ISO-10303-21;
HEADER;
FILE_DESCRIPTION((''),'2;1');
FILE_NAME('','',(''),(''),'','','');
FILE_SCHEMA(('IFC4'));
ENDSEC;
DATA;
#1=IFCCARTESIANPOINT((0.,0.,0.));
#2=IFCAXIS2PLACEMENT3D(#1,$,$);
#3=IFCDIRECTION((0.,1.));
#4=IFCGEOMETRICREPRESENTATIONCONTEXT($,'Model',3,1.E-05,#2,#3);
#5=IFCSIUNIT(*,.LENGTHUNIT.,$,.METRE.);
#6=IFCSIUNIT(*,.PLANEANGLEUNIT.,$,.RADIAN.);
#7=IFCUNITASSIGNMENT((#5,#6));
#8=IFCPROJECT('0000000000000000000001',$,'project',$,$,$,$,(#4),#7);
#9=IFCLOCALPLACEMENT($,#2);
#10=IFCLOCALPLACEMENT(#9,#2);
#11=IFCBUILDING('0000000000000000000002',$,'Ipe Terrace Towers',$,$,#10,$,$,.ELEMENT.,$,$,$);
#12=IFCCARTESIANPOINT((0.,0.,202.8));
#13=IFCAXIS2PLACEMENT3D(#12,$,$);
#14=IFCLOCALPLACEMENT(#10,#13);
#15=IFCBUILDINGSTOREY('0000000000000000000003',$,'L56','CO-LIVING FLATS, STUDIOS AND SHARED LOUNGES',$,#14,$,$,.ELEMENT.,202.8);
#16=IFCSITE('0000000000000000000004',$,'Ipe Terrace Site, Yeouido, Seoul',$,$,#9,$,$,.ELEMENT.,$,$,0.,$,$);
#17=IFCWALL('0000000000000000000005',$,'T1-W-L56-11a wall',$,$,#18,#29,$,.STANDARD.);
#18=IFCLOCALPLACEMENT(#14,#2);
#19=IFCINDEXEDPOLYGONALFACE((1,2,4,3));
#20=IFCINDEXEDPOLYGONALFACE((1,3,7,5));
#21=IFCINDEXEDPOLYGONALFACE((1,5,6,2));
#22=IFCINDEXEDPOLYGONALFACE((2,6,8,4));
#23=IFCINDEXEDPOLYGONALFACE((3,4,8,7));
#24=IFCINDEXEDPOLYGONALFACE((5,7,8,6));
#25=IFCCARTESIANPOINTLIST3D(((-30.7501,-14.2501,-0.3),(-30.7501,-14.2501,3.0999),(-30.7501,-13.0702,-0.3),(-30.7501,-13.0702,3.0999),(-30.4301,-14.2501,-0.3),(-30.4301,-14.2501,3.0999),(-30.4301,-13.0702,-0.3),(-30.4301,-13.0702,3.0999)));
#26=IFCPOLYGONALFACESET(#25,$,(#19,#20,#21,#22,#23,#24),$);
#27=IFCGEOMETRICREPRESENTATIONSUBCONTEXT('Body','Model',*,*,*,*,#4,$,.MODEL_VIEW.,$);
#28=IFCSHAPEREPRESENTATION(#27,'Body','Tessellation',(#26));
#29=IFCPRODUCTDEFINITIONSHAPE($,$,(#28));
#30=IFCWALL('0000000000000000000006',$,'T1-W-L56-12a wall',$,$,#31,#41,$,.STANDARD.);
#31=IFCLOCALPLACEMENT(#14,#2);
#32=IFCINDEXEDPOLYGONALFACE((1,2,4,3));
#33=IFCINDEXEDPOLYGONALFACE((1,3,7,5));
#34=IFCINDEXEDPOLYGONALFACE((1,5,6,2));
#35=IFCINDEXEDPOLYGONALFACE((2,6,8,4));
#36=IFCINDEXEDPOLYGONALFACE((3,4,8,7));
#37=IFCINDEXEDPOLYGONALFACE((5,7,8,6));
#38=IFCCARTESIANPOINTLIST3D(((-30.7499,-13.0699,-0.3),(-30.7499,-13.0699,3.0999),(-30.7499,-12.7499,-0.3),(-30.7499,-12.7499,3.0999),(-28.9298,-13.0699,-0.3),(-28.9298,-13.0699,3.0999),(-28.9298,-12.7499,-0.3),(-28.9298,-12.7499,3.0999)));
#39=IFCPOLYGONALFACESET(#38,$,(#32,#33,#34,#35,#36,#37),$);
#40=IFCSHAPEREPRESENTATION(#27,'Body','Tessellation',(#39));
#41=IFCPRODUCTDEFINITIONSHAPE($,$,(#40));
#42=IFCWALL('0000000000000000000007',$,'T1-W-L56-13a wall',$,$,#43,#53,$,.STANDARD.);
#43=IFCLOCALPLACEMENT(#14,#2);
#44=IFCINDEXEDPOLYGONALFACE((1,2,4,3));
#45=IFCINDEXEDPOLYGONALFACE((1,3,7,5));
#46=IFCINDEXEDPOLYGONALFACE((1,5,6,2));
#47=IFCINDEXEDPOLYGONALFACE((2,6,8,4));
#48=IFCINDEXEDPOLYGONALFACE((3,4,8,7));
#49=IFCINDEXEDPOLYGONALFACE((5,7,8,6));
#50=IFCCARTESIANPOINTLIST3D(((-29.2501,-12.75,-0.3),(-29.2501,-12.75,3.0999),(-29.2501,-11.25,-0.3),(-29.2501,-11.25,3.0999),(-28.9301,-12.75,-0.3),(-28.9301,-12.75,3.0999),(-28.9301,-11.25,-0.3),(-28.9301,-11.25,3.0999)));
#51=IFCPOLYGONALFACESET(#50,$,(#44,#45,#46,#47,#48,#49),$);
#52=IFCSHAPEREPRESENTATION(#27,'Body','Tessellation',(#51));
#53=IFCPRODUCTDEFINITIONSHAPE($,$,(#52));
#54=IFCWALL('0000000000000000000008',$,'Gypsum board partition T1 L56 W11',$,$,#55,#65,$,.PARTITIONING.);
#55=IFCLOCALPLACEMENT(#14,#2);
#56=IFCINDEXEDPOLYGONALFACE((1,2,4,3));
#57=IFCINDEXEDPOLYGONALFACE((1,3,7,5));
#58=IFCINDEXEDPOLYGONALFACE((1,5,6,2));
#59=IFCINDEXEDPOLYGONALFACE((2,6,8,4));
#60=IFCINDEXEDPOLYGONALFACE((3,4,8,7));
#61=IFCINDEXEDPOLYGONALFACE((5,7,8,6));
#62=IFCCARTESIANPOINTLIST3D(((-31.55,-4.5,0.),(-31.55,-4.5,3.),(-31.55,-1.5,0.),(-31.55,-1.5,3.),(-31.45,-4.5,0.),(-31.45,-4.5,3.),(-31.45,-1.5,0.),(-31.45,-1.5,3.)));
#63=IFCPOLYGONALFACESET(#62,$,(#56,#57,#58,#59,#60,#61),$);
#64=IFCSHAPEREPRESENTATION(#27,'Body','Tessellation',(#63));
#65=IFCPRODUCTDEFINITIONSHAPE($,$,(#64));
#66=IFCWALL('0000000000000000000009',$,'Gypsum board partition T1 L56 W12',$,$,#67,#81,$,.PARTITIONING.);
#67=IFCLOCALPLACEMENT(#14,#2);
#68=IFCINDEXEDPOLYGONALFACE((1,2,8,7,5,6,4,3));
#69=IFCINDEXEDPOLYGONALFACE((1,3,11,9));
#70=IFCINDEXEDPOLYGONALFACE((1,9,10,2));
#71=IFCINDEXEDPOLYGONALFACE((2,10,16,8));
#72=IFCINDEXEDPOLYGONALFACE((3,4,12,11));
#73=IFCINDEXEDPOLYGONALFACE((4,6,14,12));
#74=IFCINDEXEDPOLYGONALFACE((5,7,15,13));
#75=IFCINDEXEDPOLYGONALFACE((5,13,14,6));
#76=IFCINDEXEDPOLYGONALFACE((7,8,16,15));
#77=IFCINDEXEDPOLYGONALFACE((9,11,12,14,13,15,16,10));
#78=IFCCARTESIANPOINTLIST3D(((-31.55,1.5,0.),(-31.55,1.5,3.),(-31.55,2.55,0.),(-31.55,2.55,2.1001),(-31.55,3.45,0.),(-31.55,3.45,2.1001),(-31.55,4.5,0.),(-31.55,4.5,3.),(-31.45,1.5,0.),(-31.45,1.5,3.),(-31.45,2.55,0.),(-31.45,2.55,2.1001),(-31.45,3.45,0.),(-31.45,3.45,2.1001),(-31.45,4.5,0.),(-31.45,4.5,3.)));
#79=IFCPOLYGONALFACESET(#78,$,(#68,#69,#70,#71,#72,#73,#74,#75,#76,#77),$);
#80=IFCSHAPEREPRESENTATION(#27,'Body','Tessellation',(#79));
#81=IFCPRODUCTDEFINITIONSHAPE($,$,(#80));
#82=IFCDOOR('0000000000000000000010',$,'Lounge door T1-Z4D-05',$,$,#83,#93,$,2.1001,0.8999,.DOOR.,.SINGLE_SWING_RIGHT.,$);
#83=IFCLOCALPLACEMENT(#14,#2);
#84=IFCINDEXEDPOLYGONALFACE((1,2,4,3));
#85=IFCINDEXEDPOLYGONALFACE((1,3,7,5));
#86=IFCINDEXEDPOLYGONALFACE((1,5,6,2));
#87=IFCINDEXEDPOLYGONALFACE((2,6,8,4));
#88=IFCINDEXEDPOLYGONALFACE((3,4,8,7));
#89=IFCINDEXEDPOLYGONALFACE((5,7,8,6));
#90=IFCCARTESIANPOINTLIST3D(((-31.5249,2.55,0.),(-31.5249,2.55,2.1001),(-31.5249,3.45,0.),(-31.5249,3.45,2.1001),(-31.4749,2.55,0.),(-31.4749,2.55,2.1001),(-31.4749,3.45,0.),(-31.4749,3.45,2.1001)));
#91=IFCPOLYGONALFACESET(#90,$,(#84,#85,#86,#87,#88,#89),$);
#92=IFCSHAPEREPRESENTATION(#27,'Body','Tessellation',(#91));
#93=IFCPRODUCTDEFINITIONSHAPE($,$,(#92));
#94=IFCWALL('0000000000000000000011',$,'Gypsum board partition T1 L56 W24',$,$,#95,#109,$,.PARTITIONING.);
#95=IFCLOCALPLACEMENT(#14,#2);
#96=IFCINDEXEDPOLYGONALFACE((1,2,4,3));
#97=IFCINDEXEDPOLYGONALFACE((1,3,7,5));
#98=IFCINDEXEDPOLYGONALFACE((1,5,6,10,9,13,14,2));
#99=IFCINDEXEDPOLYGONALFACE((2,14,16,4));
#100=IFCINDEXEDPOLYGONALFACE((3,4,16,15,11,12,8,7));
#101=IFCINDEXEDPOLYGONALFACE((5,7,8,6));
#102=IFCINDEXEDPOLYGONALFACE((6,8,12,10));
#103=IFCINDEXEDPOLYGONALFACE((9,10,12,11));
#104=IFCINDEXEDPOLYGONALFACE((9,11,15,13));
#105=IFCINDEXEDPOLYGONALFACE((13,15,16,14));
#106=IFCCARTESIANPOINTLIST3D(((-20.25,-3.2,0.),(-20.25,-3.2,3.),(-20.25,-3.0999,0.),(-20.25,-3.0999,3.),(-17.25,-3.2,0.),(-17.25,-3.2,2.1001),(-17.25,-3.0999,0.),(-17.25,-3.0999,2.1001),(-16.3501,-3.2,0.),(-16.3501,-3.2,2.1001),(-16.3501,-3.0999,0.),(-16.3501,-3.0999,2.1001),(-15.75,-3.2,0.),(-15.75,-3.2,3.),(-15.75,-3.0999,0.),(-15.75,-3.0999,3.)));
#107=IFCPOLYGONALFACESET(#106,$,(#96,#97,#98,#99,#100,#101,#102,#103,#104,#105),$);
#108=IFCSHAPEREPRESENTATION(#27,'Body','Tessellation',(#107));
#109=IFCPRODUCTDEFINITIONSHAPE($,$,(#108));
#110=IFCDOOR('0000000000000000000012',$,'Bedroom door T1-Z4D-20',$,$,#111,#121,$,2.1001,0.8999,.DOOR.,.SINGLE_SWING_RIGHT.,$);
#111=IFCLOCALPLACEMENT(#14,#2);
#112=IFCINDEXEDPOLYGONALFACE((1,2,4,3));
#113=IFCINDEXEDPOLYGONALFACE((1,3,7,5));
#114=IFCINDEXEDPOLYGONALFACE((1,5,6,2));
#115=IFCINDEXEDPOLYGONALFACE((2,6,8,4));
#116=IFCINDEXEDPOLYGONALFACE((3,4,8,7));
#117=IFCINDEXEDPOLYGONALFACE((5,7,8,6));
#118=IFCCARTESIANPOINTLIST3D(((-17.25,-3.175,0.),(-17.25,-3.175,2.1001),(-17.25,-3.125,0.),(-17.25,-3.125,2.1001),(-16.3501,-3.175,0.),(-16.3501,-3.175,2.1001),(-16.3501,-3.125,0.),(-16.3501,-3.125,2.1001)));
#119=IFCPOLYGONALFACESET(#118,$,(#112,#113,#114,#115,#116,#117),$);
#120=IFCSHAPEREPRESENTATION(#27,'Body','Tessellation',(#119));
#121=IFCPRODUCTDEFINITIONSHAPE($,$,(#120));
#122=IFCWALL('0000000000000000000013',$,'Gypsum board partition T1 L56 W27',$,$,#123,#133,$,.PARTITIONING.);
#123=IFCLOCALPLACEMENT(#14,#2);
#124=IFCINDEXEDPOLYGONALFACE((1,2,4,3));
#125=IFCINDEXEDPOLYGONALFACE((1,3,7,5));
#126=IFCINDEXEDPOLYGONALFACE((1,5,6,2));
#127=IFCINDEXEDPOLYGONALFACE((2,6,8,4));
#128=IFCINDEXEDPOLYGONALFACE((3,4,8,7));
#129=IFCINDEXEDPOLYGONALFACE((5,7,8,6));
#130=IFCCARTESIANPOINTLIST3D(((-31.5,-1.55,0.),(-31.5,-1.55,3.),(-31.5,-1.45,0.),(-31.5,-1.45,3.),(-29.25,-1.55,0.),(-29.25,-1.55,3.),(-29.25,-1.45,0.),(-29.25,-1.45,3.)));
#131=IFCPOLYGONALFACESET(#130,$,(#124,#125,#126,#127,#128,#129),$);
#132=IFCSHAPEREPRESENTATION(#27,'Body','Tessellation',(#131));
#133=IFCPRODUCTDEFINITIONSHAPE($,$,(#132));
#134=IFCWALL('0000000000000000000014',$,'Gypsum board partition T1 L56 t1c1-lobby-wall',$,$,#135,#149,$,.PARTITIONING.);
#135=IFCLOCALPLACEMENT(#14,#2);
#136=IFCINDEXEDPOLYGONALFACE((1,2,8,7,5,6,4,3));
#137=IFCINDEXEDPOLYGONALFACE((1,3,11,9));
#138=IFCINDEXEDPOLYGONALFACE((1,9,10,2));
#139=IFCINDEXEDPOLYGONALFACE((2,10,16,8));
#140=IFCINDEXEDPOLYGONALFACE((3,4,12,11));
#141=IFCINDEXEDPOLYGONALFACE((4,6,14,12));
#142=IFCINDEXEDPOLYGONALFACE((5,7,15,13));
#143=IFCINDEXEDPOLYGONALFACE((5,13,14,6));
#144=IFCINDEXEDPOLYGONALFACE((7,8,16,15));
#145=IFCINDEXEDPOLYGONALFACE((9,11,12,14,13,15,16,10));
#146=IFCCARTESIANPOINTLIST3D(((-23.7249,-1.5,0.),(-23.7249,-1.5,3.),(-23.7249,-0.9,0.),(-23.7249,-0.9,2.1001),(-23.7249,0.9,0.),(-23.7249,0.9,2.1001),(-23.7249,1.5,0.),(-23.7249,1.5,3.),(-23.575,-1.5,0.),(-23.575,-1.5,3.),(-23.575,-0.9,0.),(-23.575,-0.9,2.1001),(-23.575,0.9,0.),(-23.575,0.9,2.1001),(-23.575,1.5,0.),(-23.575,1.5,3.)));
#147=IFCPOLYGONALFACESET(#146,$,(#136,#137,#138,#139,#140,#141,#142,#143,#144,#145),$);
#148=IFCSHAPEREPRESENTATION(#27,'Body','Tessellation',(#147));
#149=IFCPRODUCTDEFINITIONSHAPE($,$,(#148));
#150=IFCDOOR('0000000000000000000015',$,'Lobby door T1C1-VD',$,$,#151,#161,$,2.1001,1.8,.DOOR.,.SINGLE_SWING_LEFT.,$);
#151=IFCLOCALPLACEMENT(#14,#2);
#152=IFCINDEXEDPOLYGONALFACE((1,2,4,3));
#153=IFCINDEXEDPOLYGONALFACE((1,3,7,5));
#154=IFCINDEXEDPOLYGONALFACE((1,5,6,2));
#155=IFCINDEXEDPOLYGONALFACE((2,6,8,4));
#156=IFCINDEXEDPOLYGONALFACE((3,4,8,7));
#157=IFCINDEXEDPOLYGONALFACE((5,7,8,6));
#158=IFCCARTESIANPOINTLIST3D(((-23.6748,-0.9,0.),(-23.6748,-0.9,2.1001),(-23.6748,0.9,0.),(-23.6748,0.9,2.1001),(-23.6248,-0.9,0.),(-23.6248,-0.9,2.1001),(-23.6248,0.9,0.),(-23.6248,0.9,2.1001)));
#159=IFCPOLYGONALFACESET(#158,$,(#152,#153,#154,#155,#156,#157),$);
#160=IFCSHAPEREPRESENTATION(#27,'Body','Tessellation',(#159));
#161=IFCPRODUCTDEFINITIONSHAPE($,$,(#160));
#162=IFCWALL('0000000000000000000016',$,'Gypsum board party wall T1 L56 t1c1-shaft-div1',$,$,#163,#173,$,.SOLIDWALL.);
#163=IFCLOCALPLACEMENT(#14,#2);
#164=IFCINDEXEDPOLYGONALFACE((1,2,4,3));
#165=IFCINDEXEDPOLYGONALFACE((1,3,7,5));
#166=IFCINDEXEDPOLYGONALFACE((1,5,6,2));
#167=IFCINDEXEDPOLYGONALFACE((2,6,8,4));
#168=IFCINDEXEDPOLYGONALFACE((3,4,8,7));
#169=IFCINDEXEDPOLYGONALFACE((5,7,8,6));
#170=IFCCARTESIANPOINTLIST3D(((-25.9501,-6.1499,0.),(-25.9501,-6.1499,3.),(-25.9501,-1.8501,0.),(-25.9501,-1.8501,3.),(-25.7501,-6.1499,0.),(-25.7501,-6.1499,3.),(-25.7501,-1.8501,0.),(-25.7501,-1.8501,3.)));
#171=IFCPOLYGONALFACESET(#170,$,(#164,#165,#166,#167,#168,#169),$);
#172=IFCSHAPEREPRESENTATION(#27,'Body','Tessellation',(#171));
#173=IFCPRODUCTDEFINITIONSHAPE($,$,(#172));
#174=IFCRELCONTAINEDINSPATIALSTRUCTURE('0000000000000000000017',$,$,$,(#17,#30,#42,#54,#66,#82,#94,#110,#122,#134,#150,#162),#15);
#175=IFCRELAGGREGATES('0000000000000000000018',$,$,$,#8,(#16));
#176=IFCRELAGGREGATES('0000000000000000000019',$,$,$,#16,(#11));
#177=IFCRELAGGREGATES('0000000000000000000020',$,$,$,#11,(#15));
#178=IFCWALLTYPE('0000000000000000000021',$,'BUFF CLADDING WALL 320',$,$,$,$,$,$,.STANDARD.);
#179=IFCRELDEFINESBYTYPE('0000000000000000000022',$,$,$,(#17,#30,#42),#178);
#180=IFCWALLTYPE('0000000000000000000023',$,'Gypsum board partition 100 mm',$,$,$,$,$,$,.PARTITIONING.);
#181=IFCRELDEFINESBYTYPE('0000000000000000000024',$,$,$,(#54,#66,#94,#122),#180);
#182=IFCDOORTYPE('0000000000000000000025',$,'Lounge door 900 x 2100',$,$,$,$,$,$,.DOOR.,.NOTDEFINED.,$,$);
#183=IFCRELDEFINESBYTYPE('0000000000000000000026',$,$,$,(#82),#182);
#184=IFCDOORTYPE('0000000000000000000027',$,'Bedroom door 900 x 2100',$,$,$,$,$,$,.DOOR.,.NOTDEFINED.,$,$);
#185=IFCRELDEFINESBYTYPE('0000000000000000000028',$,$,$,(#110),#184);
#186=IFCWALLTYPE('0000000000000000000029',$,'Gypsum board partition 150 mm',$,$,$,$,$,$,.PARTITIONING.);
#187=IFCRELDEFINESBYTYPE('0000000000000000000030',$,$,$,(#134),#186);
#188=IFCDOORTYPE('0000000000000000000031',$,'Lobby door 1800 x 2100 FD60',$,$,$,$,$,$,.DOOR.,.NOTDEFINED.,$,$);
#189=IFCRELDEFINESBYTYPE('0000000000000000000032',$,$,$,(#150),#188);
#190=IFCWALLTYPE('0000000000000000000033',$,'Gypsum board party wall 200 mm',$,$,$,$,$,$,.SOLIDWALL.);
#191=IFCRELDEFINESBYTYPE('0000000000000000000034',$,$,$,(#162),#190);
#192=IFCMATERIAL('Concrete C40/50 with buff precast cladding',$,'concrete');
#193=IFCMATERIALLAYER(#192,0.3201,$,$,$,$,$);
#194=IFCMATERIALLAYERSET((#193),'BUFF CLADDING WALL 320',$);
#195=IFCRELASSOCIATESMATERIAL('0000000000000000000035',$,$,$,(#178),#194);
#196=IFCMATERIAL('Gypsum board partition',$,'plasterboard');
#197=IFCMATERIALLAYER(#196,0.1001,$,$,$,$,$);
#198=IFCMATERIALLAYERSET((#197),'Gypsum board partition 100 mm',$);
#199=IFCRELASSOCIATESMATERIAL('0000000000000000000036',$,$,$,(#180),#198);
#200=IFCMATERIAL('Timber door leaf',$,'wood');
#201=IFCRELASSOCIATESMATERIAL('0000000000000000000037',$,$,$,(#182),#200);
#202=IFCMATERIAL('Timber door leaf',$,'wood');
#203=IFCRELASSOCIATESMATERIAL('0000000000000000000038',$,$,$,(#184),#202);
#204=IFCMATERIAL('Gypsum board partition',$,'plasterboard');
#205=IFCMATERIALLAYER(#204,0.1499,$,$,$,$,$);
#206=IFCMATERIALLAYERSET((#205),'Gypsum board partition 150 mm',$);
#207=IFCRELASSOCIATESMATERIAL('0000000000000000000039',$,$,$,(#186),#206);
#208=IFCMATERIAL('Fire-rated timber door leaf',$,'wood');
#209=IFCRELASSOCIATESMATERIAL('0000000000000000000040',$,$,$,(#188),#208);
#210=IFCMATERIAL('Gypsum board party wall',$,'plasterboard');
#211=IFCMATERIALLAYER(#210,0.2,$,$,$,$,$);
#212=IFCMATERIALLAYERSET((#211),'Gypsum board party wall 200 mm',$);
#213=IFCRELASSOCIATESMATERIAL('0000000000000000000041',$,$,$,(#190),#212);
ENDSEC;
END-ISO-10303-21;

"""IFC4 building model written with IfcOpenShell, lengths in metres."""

from ifc_helpers import new_model, si_unit, direction, frame, frame_2d, origin, place, context, subcontext, project, spatial, rectangle, extrude, material, layer, layer_set, type_object, element, fill, save


model = new_model("IFC4")

# Units and contexts
model_context = context("Model", 3, precision=1e-05, world=origin(), true_north=direction((0.0, 1.0)))
body_context = subcontext(model_context, "Body", "Model", "MODEL_VIEW")
ifc_project = project(units=[si_unit("LENGTHUNIT", "METRE"), si_unit("PLANEANGLEUNIT", "RADIAN")], contexts=[model_context])

# Site, building, storey
site_placement = place(None, origin())
site = spatial("IfcSite", under=ifc_project, at=site_placement, Name="Ipe Terrace Site, Yeouido, Seoul", CompositionType="ELEMENT", RefElevation=0.0)
building_placement = place(site_placement, origin())
building = spatial("IfcBuilding", under=site, at=building_placement, Name="Ipe Terrace Towers", CompositionType="ELEMENT")
storey_placement = place(building_placement, frame((0.0, 0.0, 202.8)))
storey = spatial("IfcBuildingStorey", under=building, at=storey_placement, Name="L56", Description="CO-LIVING FLATS, STUDIOS AND SHARED LOUNGES", CompositionType="ELEMENT", Elevation=202.8)

# Walls
ifc_material_1 = material(Name="Concrete C40/50 with buff precast cladding", Category="concrete")
ifc_layer_1 = layer(ifc_material_1, 0.3201)
ifc_layer_set_1 = layer_set([ifc_layer_1], Name="BUFF CLADDING WALL 320")
wall_type_1 = type_object("IfcWallType", Name="BUFF CLADDING WALL 320", PredefinedType="STANDARD", material=ifc_layer_set_1)
wall_1_placement = place(storey_placement, frame((-30.5901, -14.25, -0.3), z_axis=(0.0, 0.0, 1.0), x_axis=(0.0, 1.0, 0.0)))
element("IfcWall", 1, at=wall_1_placement, inside=storey, type_object=wall_type_1, Name="T1-W-L56-11a wall", PredefinedType="STANDARD", context=body_context, shape_type="SweptSolid", body=[
    extrude(rectangle(XDim=1.1799, YDim=0.3201, at=frame_2d((0.5898, 0.0))), origin(), (0.0, 0.0, 1.0), 3.3999),
])
wall_2_placement = place(storey_placement, frame((-30.75, -12.9099, -0.3), z_axis=(0.0, 0.0, 1.0), x_axis=(1.0, 0.0, 0.0)))
element("IfcWall", 2, at=wall_2_placement, inside=storey, type_object=wall_type_1, Name="T1-W-L56-12a wall", PredefinedType="STANDARD", context=body_context, shape_type="SweptSolid", body=[
    extrude(rectangle(XDim=1.8201, YDim=0.3201, at=frame_2d((0.9102, 0.0))), origin(), (0.0, 0.0, 1.0), 3.3999),
])
wall_3_placement = place(storey_placement, frame((-29.0901, -12.75, -0.3), z_axis=(0.0, 0.0, 1.0), x_axis=(0.0, 1.0, 0.0)))
element("IfcWall", 3, at=wall_3_placement, inside=storey, type_object=wall_type_1, Name="T1-W-L56-13a wall", PredefinedType="STANDARD", context=body_context, shape_type="SweptSolid", body=[
    extrude(rectangle(XDim=1.5, YDim=0.3201, at=frame_2d((0.75, 0.0))), origin(), (0.0, 0.0, 1.0), 3.3999),
])
ifc_material_2 = material(Name="Gypsum board partition", Category="plasterboard")
ifc_layer_2 = layer(ifc_material_2, 0.1001)
ifc_layer_set_2 = layer_set([ifc_layer_2], Name="Gypsum board partition 100 mm")
wall_type_2 = type_object("IfcWallType", Name="Gypsum board partition 100 mm", PredefinedType="PARTITIONING", material=ifc_layer_set_2)
wall_4_placement = place(storey_placement, frame((-31.5, -4.5, 0.0), z_axis=(0.0, 0.0, 1.0), x_axis=(0.0, 1.0, 0.0)))
element("IfcWall", 4, at=wall_4_placement, inside=storey, type_object=wall_type_2, Name="Gypsum board partition T1 L56 W11", PredefinedType="PARTITIONING", context=body_context, shape_type="SweptSolid", body=[
    extrude(rectangle(XDim=3.0, YDim=0.1001, at=frame_2d((1.5, 0.0))), origin(), (0.0, 0.0, 1.0), 3.0),
])

# Walls, openings, doors
wall_5_placement = place(storey_placement, frame((-31.5, 1.5, 0.0), z_axis=(0.0, 0.0, 1.0), x_axis=(0.0, 1.0, 0.0)))
wall_5 = element("IfcWall", 5, at=wall_5_placement, inside=storey, type_object=wall_type_2, Name="Gypsum board partition T1 L56 W12", PredefinedType="PARTITIONING", context=body_context, shape_type="SweptSolid", body=[
    extrude(rectangle(XDim=3.0, YDim=0.1001, at=frame_2d((1.5, 0.0))), origin(), (0.0, 0.0, 1.0), 3.0),
])
opening_1_placement = place(wall_5_placement, frame((1.05, 0.0, 0.0)))
opening_1 = element("IfcOpeningElement", 6, at=opening_1_placement, cuts=wall_5, PredefinedType="OPENING", context=body_context, shape_type="SweptSolid", body=[
    extrude(rectangle(XDim=0.8999, YDim=2.1001, at=frame_2d((0.45, 1.05))), frame((0.0, 0.0601, 0.0), z_axis=(0.0, -1.0, 0.0), x_axis=(1.0, 0.0, 0.0)), (0.0, 0.0, 1.0), 0.1201),
])
ifc_material_3 = material(Name="Timber door leaf", Category="wood")
door_type_1 = type_object("IfcDoorType", Name="Lounge door 900 x 2100", OperationType="NOTDEFINED", PredefinedType="DOOR", material=ifc_material_3)
door_1_placement = place(opening_1_placement, origin())
door_1 = element("IfcDoor", 7, at=door_1_placement, inside=storey, type_object=door_type_1, Name="Lounge door T1-Z4D-05", OperationType="SINGLE_SWING_RIGHT", OverallHeight=2.1001, OverallWidth=0.8999, PredefinedType="DOOR", context=body_context, shape_type="SweptSolid", body=[
    extrude(rectangle(XDim=0.8999, YDim=2.1001, at=frame_2d((0.45, 1.05))), frame((0.0, 0.0249, 0.0), z_axis=(0.0, -1.0, 0.0), x_axis=(1.0, 0.0, 0.0)), (0.0, 0.0, 1.0), 0.05),
])
fill(opening_1, door_1)
wall_6_placement = place(storey_placement, frame((-20.25, -3.1499, 0.0), z_axis=(0.0, 0.0, 1.0), x_axis=(1.0, 0.0, 0.0)))
wall_6 = element("IfcWall", 8, at=wall_6_placement, inside=storey, type_object=wall_type_2, Name="Gypsum board partition T1 L56 W24", PredefinedType="PARTITIONING", context=body_context, shape_type="SweptSolid", body=[
    extrude(rectangle(XDim=4.5, YDim=0.1001, at=frame_2d((2.25, 0.0))), origin(), (0.0, 0.0, 1.0), 3.0),
])
opening_2_placement = place(wall_6_placement, frame((3.0, 0.0, 0.0)))
opening_2 = element("IfcOpeningElement", 9, at=opening_2_placement, cuts=wall_6, PredefinedType="OPENING", context=body_context, shape_type="SweptSolid", body=[
    extrude(rectangle(XDim=0.8999, YDim=2.1001, at=frame_2d((0.45, 1.05))), frame((0.0, 0.0601, 0.0), z_axis=(0.0, -1.0, 0.0), x_axis=(1.0, 0.0, 0.0)), (0.0, 0.0, 1.0), 0.1201),
])
ifc_material_4 = material(Name="Timber door leaf", Category="wood")
door_type_2 = type_object("IfcDoorType", Name="Bedroom door 900 x 2100", OperationType="NOTDEFINED", PredefinedType="DOOR", material=ifc_material_4)
door_2_placement = place(opening_2_placement, origin())
door_2 = element("IfcDoor", 10, at=door_2_placement, inside=storey, type_object=door_type_2, Name="Bedroom door T1-Z4D-20", OperationType="SINGLE_SWING_RIGHT", OverallHeight=2.1001, OverallWidth=0.8999, PredefinedType="DOOR", context=body_context, shape_type="SweptSolid", body=[
    extrude(rectangle(XDim=0.8999, YDim=2.1001, at=frame_2d((0.45, 1.05))), frame((0.0, 0.0249, 0.0), z_axis=(0.0, -1.0, 0.0), x_axis=(1.0, 0.0, 0.0)), (0.0, 0.0, 1.0), 0.05),
])
fill(opening_2, door_2)

# Wall
wall_7_placement = place(storey_placement, frame((-31.5, -1.5, 0.0), z_axis=(0.0, 0.0, 1.0), x_axis=(1.0, 0.0, 0.0)))
element("IfcWall", 11, at=wall_7_placement, inside=storey, type_object=wall_type_2, Name="Gypsum board partition T1 L56 W27", PredefinedType="PARTITIONING", context=body_context, shape_type="SweptSolid", body=[
    extrude(rectangle(XDim=2.25, YDim=0.1001, at=frame_2d((1.125, 0.0))), origin(), (0.0, 0.0, 1.0), 3.0),
])

# Wall, opening, door
ifc_material_5 = material(Name="Gypsum board partition", Category="plasterboard")
ifc_layer_3 = layer(ifc_material_5, 0.1499)
ifc_layer_set_3 = layer_set([ifc_layer_3], Name="Gypsum board partition 150 mm")
wall_type_3 = type_object("IfcWallType", Name="Gypsum board partition 150 mm", PredefinedType="PARTITIONING", material=ifc_layer_set_3)
wall_8_placement = place(storey_placement, frame((-23.6499, -1.5, 0.0), z_axis=(0.0, 0.0, 1.0), x_axis=(0.0, 1.0, 0.0)))
wall_8 = element("IfcWall", 12, at=wall_8_placement, inside=storey, type_object=wall_type_3, Name="Gypsum board partition T1 L56 t1c1-lobby-wall", PredefinedType="PARTITIONING", context=body_context, shape_type="SweptSolid", body=[
    extrude(rectangle(XDim=3.0, YDim=0.1499, at=frame_2d((1.5, 0.0))), origin(), (0.0, 0.0, 1.0), 3.0),
])
opening_3_placement = place(wall_8_placement, frame((0.6001, 0.0, 0.0)))
opening_3 = element("IfcOpeningElement", 13, at=opening_3_placement, cuts=wall_8, PredefinedType="OPENING", context=body_context, shape_type="SweptSolid", body=[
    extrude(rectangle(XDim=1.8, YDim=2.1001, at=frame_2d((0.8999, 1.05))), frame((0.0, 0.085, 0.0), z_axis=(0.0, -1.0, 0.0), x_axis=(1.0, 0.0, 0.0)), (0.0, 0.0, 1.0), 0.1699),
])
ifc_material_6 = material(Name="Fire-rated timber door leaf", Category="wood")
door_type_3 = type_object("IfcDoorType", Name="Lobby door 1800 x 2100 FD60", OperationType="NOTDEFINED", PredefinedType="DOOR", material=ifc_material_6)
door_3_placement = place(opening_3_placement, origin())
door_3 = element("IfcDoor", 14, at=door_3_placement, inside=storey, type_object=door_type_3, Name="Lobby door T1C1-VD", OperationType="SINGLE_SWING_LEFT", OverallHeight=2.1001, OverallWidth=1.8, PredefinedType="DOOR", context=body_context, shape_type="SweptSolid", body=[
    extrude(rectangle(XDim=1.8, YDim=2.1001, at=frame_2d((0.8999, 1.05))), frame((0.0, 0.0249, 0.0), z_axis=(0.0, -1.0, 0.0), x_axis=(1.0, 0.0, 0.0)), (0.0, 0.0, 1.0), 0.05),
])
fill(opening_3, door_3)

# Wall
ifc_material_7 = material(Name="Gypsum board party wall", Category="plasterboard")
ifc_layer_4 = layer(ifc_material_7, 0.2)
ifc_layer_set_4 = layer_set([ifc_layer_4], Name="Gypsum board party wall 200 mm")
wall_type_4 = type_object("IfcWallType", Name="Gypsum board party wall 200 mm", PredefinedType="SOLIDWALL", material=ifc_layer_set_4)
for number, where, z_axis, x_axis, name in (
    (15, (-25.8501, -6.1499, 0.0), (0.0, 0.0, 1.0), (0.0, 1.0, 0.0), "Gypsum board party wall T1 L56 t1c1-shaft-div1"),
):
    element("IfcWall", number, at=place(storey_placement, frame(where, z_axis=z_axis, x_axis=x_axis)), inside=storey, type_object=wall_type_4, Name=name, PredefinedType="SOLIDWALL", context=body_context, shape_type="SweptSolid", body=[
        extrude(rectangle(XDim=4.2998, YDim=0.2, at=frame_2d((2.1499, 0.0))), origin(), (0.0, 0.0, 1.0), 3.0),
    ])

save(model, "model.ifc")
